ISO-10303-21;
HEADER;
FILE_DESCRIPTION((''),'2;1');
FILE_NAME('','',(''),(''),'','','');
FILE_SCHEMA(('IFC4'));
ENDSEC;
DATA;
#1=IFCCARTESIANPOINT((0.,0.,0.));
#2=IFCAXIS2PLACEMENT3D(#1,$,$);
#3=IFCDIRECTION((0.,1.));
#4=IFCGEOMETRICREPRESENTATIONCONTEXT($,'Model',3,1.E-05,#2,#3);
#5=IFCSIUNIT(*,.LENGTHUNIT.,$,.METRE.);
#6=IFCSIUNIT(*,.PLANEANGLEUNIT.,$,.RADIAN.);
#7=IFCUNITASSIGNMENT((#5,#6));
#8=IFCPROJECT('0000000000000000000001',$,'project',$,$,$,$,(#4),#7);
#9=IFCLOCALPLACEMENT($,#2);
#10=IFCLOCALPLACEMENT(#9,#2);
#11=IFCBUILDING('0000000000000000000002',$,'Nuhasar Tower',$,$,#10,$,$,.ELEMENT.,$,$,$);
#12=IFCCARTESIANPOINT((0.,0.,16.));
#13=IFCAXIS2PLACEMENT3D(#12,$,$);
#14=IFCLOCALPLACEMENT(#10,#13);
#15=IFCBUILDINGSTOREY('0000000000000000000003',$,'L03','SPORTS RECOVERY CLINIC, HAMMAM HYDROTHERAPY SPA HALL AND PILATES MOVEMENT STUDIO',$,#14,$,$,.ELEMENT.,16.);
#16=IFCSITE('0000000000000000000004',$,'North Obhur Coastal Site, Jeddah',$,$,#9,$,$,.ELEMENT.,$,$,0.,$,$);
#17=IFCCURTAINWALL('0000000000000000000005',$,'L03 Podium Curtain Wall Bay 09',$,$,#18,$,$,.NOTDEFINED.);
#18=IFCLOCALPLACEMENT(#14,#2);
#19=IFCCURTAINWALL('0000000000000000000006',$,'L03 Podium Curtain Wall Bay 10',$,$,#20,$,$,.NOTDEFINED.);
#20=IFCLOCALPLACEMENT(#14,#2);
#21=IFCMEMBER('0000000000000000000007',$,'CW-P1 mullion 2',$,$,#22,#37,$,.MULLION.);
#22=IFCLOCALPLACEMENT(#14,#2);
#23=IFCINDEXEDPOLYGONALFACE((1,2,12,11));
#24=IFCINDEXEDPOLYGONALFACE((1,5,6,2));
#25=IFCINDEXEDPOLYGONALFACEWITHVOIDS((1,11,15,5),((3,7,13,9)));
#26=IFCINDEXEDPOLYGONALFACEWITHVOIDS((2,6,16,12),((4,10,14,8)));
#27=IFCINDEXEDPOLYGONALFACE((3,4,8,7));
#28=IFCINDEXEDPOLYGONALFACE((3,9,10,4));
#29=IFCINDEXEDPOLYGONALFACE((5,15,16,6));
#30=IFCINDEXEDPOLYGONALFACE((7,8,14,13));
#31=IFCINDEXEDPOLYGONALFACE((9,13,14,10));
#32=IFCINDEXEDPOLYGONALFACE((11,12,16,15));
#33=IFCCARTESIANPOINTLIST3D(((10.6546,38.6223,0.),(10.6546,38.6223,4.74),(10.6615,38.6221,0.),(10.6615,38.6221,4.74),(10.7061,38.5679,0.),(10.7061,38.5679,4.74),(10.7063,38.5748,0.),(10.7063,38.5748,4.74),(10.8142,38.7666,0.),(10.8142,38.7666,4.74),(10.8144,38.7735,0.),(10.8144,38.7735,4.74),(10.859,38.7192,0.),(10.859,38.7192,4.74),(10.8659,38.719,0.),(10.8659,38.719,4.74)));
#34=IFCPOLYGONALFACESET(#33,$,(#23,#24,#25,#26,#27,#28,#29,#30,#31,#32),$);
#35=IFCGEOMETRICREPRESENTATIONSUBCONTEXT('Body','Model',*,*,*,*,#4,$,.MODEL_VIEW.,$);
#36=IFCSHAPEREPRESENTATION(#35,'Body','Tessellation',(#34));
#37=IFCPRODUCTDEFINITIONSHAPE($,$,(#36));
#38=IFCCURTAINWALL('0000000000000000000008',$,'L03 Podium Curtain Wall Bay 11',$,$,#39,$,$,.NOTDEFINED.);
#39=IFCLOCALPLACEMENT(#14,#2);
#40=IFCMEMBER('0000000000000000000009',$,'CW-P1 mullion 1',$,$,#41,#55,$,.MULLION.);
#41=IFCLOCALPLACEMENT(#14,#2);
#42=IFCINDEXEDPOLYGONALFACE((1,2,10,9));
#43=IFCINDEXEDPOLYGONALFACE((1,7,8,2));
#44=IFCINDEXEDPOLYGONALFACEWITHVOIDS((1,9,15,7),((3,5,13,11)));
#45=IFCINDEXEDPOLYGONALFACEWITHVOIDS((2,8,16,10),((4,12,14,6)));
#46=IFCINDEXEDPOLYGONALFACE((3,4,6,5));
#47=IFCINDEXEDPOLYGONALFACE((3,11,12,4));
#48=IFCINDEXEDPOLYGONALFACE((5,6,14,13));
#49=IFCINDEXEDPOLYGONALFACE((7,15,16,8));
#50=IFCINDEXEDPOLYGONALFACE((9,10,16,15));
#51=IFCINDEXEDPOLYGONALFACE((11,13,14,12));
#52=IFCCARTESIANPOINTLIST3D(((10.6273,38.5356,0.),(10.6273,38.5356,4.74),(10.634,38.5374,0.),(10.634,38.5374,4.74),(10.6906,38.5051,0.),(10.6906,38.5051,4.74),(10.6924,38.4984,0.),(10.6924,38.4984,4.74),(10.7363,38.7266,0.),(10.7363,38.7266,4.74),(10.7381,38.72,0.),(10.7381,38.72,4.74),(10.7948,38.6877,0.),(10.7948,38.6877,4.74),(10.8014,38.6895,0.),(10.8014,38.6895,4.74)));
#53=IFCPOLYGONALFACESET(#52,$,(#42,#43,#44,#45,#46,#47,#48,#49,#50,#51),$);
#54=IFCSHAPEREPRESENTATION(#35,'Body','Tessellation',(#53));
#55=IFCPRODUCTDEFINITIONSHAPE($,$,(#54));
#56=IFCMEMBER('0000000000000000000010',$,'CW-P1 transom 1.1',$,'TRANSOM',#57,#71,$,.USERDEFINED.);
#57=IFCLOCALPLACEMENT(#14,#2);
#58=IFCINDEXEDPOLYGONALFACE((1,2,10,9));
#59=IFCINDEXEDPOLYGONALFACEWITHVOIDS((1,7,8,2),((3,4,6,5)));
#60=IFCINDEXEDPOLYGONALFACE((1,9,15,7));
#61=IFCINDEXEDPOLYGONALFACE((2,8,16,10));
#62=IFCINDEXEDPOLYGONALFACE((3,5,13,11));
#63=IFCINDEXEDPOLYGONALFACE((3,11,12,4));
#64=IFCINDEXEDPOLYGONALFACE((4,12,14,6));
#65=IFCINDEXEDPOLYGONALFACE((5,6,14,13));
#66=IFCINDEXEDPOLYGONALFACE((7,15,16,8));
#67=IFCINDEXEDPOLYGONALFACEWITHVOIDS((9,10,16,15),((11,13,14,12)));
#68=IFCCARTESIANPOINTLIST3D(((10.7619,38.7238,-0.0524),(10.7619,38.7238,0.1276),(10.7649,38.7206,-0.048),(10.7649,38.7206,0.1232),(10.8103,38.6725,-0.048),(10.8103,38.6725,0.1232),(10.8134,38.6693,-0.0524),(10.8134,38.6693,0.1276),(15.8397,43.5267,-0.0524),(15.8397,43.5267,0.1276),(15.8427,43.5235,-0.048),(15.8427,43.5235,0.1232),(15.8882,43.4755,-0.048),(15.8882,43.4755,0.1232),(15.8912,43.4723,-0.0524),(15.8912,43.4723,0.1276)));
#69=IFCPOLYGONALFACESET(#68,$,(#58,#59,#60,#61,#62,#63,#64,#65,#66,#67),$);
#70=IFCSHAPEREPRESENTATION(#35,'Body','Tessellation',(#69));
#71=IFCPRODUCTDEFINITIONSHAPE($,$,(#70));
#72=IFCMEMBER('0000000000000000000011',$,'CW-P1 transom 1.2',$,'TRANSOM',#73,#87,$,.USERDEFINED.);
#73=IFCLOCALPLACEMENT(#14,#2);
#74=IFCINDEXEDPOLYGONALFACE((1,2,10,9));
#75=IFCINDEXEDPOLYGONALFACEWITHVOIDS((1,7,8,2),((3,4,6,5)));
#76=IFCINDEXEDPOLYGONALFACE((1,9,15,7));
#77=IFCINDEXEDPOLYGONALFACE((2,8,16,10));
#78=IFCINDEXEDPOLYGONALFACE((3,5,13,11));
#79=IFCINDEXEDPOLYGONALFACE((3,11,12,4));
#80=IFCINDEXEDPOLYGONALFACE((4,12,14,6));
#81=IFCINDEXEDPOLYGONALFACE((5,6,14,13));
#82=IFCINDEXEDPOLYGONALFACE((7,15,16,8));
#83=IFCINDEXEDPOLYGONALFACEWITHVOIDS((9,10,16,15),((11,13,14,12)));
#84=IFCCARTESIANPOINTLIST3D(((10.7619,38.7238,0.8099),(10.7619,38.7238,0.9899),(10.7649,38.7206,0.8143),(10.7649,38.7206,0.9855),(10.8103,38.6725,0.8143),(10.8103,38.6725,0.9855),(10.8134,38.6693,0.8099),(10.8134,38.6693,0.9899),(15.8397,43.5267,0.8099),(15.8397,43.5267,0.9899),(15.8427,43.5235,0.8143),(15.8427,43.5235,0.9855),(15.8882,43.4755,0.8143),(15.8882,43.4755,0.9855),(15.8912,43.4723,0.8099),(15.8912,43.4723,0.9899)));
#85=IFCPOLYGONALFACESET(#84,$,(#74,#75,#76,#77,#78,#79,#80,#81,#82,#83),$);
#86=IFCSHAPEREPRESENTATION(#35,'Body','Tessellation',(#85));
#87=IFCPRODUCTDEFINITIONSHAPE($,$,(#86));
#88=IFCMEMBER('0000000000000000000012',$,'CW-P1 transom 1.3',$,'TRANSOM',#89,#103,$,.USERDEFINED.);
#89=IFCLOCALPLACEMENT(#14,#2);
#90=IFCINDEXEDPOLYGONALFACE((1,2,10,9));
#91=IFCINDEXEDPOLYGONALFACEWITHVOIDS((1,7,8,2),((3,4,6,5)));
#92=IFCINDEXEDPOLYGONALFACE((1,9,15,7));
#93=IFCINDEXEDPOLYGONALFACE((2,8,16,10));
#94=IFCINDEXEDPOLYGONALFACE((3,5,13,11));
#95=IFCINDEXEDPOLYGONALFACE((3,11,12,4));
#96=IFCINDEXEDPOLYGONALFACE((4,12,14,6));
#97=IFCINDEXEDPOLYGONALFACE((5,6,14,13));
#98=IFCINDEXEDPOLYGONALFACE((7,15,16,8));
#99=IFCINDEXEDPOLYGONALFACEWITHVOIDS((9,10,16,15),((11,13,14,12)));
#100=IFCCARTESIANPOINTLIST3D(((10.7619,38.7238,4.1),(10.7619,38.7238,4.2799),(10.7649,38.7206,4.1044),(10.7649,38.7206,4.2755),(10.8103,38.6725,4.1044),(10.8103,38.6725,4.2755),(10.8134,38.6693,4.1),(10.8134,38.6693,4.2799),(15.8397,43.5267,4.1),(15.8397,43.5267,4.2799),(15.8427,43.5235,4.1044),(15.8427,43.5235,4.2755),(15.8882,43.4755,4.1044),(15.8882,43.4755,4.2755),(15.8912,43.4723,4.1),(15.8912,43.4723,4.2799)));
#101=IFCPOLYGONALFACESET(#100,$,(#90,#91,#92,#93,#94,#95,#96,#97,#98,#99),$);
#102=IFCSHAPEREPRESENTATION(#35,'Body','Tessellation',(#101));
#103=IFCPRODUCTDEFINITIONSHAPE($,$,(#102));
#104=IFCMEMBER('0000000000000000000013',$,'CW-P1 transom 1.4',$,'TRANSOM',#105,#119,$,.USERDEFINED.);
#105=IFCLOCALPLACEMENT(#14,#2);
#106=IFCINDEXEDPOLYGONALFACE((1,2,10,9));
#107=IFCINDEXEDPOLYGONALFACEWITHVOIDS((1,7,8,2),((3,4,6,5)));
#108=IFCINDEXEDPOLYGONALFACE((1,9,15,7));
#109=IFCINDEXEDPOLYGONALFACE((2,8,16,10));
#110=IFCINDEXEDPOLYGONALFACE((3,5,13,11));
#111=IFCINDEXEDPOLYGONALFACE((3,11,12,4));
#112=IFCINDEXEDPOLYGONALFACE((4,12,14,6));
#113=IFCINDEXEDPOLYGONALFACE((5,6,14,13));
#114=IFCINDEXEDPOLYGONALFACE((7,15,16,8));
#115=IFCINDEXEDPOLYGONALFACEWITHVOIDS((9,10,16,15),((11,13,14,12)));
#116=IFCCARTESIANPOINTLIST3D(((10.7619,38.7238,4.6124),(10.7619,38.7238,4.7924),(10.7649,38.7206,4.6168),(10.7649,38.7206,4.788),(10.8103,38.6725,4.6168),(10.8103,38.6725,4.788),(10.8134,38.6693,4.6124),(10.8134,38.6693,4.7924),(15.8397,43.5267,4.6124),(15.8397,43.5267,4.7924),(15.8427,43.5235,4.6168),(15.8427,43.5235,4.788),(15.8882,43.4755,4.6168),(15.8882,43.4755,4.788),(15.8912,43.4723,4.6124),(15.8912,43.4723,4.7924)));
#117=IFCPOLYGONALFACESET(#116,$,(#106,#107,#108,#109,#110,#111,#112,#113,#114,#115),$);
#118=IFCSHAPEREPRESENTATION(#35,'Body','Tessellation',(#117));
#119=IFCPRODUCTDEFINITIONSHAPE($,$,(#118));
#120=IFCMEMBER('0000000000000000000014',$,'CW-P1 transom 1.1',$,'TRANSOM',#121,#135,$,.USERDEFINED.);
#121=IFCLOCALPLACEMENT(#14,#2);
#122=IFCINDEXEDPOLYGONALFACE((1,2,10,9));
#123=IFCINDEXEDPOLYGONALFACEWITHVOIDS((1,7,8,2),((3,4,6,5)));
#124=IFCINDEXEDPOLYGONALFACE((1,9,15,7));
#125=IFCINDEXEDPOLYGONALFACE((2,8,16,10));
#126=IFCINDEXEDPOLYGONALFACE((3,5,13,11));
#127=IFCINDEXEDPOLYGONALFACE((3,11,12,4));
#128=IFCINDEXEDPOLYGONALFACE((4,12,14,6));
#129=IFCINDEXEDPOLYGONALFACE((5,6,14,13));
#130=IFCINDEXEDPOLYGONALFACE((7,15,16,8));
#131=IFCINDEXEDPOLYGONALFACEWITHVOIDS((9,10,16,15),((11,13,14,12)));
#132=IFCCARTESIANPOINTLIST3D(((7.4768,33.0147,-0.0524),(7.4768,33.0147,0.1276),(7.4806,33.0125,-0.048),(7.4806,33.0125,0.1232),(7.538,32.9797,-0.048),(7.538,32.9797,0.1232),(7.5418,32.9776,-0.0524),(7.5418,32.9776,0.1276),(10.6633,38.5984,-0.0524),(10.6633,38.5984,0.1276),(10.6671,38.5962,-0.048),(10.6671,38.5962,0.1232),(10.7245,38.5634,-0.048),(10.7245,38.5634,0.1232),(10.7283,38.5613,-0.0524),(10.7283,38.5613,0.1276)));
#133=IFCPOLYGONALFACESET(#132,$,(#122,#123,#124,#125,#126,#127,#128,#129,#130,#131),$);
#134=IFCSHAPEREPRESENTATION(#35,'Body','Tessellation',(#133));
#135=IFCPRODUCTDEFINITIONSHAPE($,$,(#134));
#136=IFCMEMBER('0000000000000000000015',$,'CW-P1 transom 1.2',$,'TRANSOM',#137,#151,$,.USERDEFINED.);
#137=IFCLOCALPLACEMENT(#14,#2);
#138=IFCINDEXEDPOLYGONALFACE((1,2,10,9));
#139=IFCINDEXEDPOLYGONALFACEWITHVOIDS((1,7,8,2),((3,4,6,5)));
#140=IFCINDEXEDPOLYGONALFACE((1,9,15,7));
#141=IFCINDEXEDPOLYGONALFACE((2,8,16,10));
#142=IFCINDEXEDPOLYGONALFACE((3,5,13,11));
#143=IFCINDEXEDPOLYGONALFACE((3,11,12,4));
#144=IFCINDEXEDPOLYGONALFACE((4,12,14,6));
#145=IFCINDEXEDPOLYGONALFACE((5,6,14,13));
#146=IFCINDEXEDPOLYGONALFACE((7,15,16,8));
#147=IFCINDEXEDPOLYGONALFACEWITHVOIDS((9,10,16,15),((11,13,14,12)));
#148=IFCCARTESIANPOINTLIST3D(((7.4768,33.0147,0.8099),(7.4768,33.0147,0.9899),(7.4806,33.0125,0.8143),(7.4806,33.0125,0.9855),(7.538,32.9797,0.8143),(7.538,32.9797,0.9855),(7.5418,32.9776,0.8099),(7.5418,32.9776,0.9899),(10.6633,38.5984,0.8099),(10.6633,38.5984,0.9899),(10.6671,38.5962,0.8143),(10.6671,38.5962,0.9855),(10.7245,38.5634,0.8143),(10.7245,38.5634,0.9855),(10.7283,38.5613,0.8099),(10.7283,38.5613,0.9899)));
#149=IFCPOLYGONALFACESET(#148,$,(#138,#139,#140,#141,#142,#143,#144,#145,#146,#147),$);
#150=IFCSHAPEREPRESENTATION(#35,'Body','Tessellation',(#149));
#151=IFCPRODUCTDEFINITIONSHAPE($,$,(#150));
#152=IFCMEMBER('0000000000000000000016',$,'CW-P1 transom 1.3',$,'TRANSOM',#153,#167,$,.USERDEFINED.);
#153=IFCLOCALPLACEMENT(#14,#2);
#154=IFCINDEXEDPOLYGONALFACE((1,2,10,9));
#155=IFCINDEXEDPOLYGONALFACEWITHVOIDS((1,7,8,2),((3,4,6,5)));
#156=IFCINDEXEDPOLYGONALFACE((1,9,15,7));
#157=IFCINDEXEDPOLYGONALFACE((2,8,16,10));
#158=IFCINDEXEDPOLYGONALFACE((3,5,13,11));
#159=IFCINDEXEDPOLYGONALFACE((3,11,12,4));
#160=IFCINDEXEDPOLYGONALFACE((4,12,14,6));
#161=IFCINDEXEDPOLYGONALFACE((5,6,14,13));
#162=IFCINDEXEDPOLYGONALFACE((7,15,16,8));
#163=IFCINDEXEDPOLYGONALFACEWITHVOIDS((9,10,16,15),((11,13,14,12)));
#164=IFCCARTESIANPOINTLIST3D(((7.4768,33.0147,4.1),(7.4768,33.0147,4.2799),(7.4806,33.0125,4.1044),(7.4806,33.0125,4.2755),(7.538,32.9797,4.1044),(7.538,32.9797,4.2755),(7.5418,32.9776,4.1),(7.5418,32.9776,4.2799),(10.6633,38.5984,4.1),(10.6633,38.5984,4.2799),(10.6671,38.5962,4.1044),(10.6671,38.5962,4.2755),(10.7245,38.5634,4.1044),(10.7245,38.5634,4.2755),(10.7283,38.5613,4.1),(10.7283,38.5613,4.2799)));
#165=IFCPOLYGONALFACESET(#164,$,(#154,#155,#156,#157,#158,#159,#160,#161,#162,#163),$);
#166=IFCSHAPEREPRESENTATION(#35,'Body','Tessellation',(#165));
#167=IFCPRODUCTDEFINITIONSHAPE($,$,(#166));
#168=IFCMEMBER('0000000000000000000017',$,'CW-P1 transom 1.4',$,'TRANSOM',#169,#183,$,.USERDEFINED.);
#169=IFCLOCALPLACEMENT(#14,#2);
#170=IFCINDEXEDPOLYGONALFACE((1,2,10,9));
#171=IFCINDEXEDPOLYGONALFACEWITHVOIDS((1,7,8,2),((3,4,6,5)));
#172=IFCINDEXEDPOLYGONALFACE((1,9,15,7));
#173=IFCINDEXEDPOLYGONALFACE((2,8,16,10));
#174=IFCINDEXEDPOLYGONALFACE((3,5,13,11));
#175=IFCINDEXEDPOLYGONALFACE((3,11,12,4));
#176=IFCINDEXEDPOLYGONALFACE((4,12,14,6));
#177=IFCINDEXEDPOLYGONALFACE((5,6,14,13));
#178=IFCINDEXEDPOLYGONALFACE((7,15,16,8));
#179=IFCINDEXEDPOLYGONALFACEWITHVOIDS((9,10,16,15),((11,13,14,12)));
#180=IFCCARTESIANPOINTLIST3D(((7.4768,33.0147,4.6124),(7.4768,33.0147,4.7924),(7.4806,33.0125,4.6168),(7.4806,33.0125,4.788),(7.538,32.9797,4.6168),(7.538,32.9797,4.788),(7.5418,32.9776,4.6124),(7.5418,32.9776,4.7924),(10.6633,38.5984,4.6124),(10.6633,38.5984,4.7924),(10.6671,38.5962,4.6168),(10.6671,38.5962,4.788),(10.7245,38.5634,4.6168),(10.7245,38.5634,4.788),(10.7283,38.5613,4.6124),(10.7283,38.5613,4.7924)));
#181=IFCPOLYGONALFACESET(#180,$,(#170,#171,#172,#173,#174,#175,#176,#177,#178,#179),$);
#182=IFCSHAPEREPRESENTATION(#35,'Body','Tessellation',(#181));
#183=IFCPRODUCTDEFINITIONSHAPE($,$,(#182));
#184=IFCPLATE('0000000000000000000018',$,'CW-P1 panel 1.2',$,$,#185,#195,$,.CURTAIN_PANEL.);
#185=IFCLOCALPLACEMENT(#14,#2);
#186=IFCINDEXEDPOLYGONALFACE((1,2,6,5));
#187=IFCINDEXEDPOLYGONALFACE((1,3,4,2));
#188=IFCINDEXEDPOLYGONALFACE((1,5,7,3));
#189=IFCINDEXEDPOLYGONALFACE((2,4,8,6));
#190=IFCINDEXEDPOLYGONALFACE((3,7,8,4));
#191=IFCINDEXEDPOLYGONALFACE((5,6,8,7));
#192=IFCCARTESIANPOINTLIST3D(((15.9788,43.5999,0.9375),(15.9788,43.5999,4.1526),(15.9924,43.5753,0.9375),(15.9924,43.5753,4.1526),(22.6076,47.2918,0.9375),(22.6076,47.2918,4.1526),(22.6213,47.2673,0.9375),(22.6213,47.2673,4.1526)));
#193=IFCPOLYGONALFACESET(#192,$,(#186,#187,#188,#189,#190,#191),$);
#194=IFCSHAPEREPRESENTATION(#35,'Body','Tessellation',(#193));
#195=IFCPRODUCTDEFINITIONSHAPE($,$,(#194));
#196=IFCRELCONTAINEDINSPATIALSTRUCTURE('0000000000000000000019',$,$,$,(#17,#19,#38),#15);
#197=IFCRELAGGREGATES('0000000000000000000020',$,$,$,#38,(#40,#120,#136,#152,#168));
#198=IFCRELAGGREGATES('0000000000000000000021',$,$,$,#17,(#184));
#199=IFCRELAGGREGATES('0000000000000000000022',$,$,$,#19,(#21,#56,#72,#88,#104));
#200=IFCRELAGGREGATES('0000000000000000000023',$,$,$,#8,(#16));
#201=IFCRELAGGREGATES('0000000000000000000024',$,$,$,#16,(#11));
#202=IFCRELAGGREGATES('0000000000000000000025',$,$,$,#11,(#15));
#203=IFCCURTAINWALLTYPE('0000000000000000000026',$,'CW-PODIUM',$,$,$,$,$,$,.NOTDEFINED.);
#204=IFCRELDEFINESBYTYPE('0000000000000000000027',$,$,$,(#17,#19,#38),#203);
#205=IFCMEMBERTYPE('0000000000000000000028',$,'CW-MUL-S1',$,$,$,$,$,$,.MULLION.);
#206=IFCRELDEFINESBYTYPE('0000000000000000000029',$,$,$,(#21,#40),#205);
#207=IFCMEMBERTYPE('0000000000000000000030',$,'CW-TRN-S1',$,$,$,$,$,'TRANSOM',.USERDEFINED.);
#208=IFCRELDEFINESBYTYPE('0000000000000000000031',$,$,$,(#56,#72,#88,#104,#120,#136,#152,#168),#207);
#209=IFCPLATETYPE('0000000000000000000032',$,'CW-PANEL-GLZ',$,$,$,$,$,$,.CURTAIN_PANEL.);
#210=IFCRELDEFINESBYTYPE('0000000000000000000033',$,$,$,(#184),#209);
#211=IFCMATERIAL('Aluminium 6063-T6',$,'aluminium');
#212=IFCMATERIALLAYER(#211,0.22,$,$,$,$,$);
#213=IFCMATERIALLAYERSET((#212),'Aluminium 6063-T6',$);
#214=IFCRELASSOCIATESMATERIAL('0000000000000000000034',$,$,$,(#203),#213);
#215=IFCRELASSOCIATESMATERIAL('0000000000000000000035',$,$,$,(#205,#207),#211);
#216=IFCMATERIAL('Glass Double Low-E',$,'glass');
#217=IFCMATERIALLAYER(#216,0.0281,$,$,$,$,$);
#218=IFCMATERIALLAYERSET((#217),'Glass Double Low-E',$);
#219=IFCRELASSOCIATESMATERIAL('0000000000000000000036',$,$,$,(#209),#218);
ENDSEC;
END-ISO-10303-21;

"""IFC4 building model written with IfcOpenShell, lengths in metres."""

from ifc_helpers import new_model, si_unit, direction, frame, origin, origin_2d, place, context, subcontext, project, spatial, rectangle, hollow_rectangle, extrude, material, layer, layer_set, material_profile, profile_set, type_object, element, aggregate, save


model = new_model("IFC4")

# Units and contexts
model_context = context("Model", 3, precision=1e-05, world=origin(), true_north=direction((0.0, 1.0)))
body_context = subcontext(model_context, "Body", "Model", "MODEL_VIEW")
ifc_project = project(units=[si_unit("LENGTHUNIT", "METRE"), si_unit("PLANEANGLEUNIT", "RADIAN")], contexts=[model_context])

# Site, building, storey
site_placement = place(None, origin())
site = spatial("IfcSite", under=ifc_project, at=site_placement, Name="North Obhur Coastal Site, Jeddah", CompositionType="ELEMENT", RefElevation=0.0)
building_placement = place(site_placement, origin())
building = spatial("IfcBuilding", under=site, at=building_placement, Name="Nuhasar Tower", CompositionType="ELEMENT")
storey_placement = place(building_placement, frame((0.0, 0.0, 16.0)))
storey = spatial("IfcBuildingStorey", under=building, at=storey_placement, Name="L03", Description="SPORTS RECOVERY CLINIC, HAMMAM HYDROTHERAPY SPA HALL AND PILATES MOVEMENT STUDIO", CompositionType="ELEMENT", Elevation=16.0)

# Curtain wall
ifc_material_1 = material(Name="Aluminium 6063-T6", Category="aluminium")
ifc_layer_1 = layer(ifc_material_1, 0.22)
ifc_layer_set_1 = layer_set([ifc_layer_1], Name="Aluminium 6063-T6")
curtain_wall_type = type_object("IfcCurtainWallType", Name="CW-PODIUM", PredefinedType="NOTDEFINED", material=ifc_layer_set_1)
curtain_wall_1_placement = place(storey_placement, origin())
curtain_wall_1 = element("IfcCurtainWall", 1, at=curtain_wall_1_placement, inside=storey, type_object=curtain_wall_type, Name="L03 Podium Curtain Wall Bay 09", PredefinedType="NOTDEFINED")
ifc_material_profile_1 = material_profile(ifc_material_1, hollow_rectangle(XDim=0.075, YDim=0.22, WallThickness=0.0049, at=origin_2d()), Name="CWM-1")
ifc_profile_set_1 = profile_set([ifc_material_profile_1], Name="Aluminium 6063-T6")
member_type_1 = type_object("IfcMemberType", Name="CW-MUL-S1", PredefinedType="MULLION", material=ifc_profile_set_1)

# Curtain wall, member
curtain_wall_2_placement = place(storey_placement, origin())
curtain_wall_2 = element("IfcCurtainWall", 2, at=curtain_wall_2_placement, inside=storey, type_object=curtain_wall_type, Name="L03 Podium Curtain Wall Bay 10", PredefinedType="NOTDEFINED")
member_1_placement = place(storey_placement, frame((10.7603, 38.6707, 0.0), z_axis=(0.0, 0.0, 1.0), x_axis=(0.687154, -0.726512, 0.0)))
member_1 = element("IfcMember", 3, at=member_1_placement, type_object=member_type_1, Name="CW-P1 mullion 2", PredefinedType="MULLION", context=body_context, shape_type="SweptSolid", body=[
    extrude(hollow_rectangle(XDim=0.075, YDim=0.22, WallThickness=0.0049, at=origin_2d()), origin(), (0.0, 0.0, 1.0), 4.74),
])

# Curtain wall, member
curtain_wall_3_placement = place(storey_placement, origin())
curtain_wall_3 = element("IfcCurtainWall", 4, at=curtain_wall_3_placement, inside=storey, type_object=curtain_wall_type, Name="L03 Podium Curtain Wall Bay 11", PredefinedType="NOTDEFINED")
member_2_placement = place(storey_placement, frame((10.7144, 38.6125, 0.0), z_axis=(0.0, 0.0, 1.0), x_axis=(0.868514, -0.495664, 0.0)))
member_2 = element("IfcMember", 5, at=member_2_placement, type_object=member_type_1, Name="CW-P1 mullion 1", PredefinedType="MULLION", context=body_context, shape_type="SweptSolid", body=[
    extrude(hollow_rectangle(XDim=0.075, YDim=0.22, WallThickness=0.0049, at=origin_2d()), origin(), (0.0, 0.0, 1.0), 4.74),
])

# Members
ifc_material_profile_2 = material_profile(ifc_material_1, hollow_rectangle(XDim=0.075, YDim=0.1799, WallThickness=0.0044, at=origin_2d()), Name="CWT-1")
ifc_profile_set_2 = profile_set([ifc_material_profile_2], Name="Aluminium 6063-T6")
member_type_2 = type_object("IfcMemberType", Name="CW-TRN-S1", ElementType="TRANSOM", PredefinedType="USERDEFINED", material=ifc_profile_set_2)
member_3_placement = place(storey_placement, frame((15.8655, 43.4995, 0.0376), z_axis=(-0.726499, -0.687168, 0.0), x_axis=(0.687168, -0.726499, 0.0)))
member_3 = element("IfcMember", 6, at=member_3_placement, type_object=member_type_2, Name="CW-P1 transom 1.1", ObjectType="TRANSOM", PredefinedType="USERDEFINED", context=body_context, shape_type="SweptSolid", body=[
    extrude(hollow_rectangle(XDim=0.075, YDim=0.1799, WallThickness=0.0044, at=origin_2d()), origin(), (0.0, 0.0, 1.0), 6.9895),
])
member_4_placement = place(storey_placement, frame((15.8655, 43.4995, 0.8999), z_axis=(-0.726499, -0.687168, 0.0), x_axis=(0.687168, -0.726499, 0.0)))
member_4 = element("IfcMember", 7, at=member_4_placement, type_object=member_type_2, Name="CW-P1 transom 1.2", ObjectType="TRANSOM", PredefinedType="USERDEFINED", context=body_context, shape_type="SweptSolid", body=[
    extrude(hollow_rectangle(XDim=0.075, YDim=0.1799, WallThickness=0.0044, at=origin_2d()), origin(), (0.0, 0.0, 1.0), 6.9895),
])
member_5_placement = place(storey_placement, frame((15.8655, 43.4995, 4.1899), z_axis=(-0.726499, -0.687168, 0.0), x_axis=(0.687168, -0.726499, 0.0)))
member_5 = element("IfcMember", 8, at=member_5_placement, type_object=member_type_2, Name="CW-P1 transom 1.3", ObjectType="TRANSOM", PredefinedType="USERDEFINED", context=body_context, shape_type="SweptSolid", body=[
    extrude(hollow_rectangle(XDim=0.075, YDim=0.1799, WallThickness=0.0044, at=origin_2d()), origin(), (0.0, 0.0, 1.0), 6.9895),
])
member_6_placement = place(storey_placement, frame((15.8655, 43.4995, 4.7024), z_axis=(-0.726499, -0.687168, 0.0), x_axis=(0.687168, -0.726499, 0.0)))
member_6 = element("IfcMember", 9, at=member_6_placement, type_object=member_type_2, Name="CW-P1 transom 1.4", ObjectType="TRANSOM", PredefinedType="USERDEFINED", context=body_context, shape_type="SweptSolid", body=[
    extrude(hollow_rectangle(XDim=0.075, YDim=0.1799, WallThickness=0.0044, at=origin_2d()), origin(), (0.0, 0.0, 1.0), 6.9895),
])
member_7_placement = place(storey_placement, frame((10.6958, 38.5798, 0.0376), z_axis=(-0.495648, -0.868523, 0.0), x_axis=(0.868523, -0.495648, 0.0)))
member_7 = element("IfcMember", 10, at=member_7_placement, type_object=member_type_2, Name="CW-P1 transom 1.1", ObjectType="TRANSOM", PredefinedType="USERDEFINED", context=body_context, shape_type="SweptSolid", body=[
    extrude(hollow_rectangle(XDim=0.075, YDim=0.1799, WallThickness=0.0044, at=origin_2d()), origin(), (0.0, 0.0, 1.0), 6.429),
])
member_8_placement = place(storey_placement, frame((10.6958, 38.5798, 0.8999), z_axis=(-0.495648, -0.868523, 0.0), x_axis=(0.868523, -0.495648, 0.0)))
member_8 = element("IfcMember", 11, at=member_8_placement, type_object=member_type_2, Name="CW-P1 transom 1.2", ObjectType="TRANSOM", PredefinedType="USERDEFINED", context=body_context, shape_type="SweptSolid", body=[
    extrude(hollow_rectangle(XDim=0.075, YDim=0.1799, WallThickness=0.0044, at=origin_2d()), origin(), (0.0, 0.0, 1.0), 6.429),
])
member_9_placement = place(storey_placement, frame((10.6958, 38.5798, 4.1899), z_axis=(-0.495648, -0.868523, 0.0), x_axis=(0.868523, -0.495648, 0.0)))
member_9 = element("IfcMember", 12, at=member_9_placement, type_object=member_type_2, Name="CW-P1 transom 1.3", ObjectType="TRANSOM", PredefinedType="USERDEFINED", context=body_context, shape_type="SweptSolid", body=[
    extrude(hollow_rectangle(XDim=0.075, YDim=0.1799, WallThickness=0.0044, at=origin_2d()), origin(), (0.0, 0.0, 1.0), 6.429),
])
member_10_placement = place(storey_placement, frame((10.6958, 38.5798, 4.7024), z_axis=(-0.495648, -0.868523, 0.0), x_axis=(0.868523, -0.495648, 0.0)))
member_10 = element("IfcMember", 13, at=member_10_placement, type_object=member_type_2, Name="CW-P1 transom 1.4", ObjectType="TRANSOM", PredefinedType="USERDEFINED", context=body_context, shape_type="SweptSolid", body=[
    extrude(hollow_rectangle(XDim=0.075, YDim=0.1799, WallThickness=0.0044, at=origin_2d()), origin(), (0.0, 0.0, 1.0), 6.429),
])
aggregate(curtain_wall_3, [member_2, member_7, member_8, member_9, member_10])

# Plate
ifc_material_2 = material(Name="Glass Double Low-E", Category="glass")
ifc_layer_2 = layer(ifc_material_2, 0.0281)
ifc_layer_set_2 = layer_set([ifc_layer_2], Name="Glass Double Low-E")
plate_type_1 = type_object("IfcPlateType", Name="CW-PANEL-GLZ", PredefinedType="CURTAIN_PANEL", material=ifc_layer_set_2)
plate_1_placement = place(storey_placement, frame((19.3, 45.4336, 0.9375), z_axis=(0.0, 0.0, 1.0), x_axis=(-0.873639, -0.486575, 0.0)))
plate_1 = element("IfcPlate", 14, at=plate_1_placement, type_object=plate_type_1, Name="CW-P1 panel 1.2", PredefinedType="CURTAIN_PANEL", context=body_context, shape_type="SweptSolid", body=[
    extrude(rectangle(XDim=7.5876, YDim=0.0281, at=origin_2d()), origin(), (0.0, 0.0, 1.0), 3.2151),
])
aggregate(curtain_wall_1, [plate_1])
aggregate(curtain_wall_2, [member_1, member_3, member_4, member_5, member_6])

save(model, "model.ifc")
